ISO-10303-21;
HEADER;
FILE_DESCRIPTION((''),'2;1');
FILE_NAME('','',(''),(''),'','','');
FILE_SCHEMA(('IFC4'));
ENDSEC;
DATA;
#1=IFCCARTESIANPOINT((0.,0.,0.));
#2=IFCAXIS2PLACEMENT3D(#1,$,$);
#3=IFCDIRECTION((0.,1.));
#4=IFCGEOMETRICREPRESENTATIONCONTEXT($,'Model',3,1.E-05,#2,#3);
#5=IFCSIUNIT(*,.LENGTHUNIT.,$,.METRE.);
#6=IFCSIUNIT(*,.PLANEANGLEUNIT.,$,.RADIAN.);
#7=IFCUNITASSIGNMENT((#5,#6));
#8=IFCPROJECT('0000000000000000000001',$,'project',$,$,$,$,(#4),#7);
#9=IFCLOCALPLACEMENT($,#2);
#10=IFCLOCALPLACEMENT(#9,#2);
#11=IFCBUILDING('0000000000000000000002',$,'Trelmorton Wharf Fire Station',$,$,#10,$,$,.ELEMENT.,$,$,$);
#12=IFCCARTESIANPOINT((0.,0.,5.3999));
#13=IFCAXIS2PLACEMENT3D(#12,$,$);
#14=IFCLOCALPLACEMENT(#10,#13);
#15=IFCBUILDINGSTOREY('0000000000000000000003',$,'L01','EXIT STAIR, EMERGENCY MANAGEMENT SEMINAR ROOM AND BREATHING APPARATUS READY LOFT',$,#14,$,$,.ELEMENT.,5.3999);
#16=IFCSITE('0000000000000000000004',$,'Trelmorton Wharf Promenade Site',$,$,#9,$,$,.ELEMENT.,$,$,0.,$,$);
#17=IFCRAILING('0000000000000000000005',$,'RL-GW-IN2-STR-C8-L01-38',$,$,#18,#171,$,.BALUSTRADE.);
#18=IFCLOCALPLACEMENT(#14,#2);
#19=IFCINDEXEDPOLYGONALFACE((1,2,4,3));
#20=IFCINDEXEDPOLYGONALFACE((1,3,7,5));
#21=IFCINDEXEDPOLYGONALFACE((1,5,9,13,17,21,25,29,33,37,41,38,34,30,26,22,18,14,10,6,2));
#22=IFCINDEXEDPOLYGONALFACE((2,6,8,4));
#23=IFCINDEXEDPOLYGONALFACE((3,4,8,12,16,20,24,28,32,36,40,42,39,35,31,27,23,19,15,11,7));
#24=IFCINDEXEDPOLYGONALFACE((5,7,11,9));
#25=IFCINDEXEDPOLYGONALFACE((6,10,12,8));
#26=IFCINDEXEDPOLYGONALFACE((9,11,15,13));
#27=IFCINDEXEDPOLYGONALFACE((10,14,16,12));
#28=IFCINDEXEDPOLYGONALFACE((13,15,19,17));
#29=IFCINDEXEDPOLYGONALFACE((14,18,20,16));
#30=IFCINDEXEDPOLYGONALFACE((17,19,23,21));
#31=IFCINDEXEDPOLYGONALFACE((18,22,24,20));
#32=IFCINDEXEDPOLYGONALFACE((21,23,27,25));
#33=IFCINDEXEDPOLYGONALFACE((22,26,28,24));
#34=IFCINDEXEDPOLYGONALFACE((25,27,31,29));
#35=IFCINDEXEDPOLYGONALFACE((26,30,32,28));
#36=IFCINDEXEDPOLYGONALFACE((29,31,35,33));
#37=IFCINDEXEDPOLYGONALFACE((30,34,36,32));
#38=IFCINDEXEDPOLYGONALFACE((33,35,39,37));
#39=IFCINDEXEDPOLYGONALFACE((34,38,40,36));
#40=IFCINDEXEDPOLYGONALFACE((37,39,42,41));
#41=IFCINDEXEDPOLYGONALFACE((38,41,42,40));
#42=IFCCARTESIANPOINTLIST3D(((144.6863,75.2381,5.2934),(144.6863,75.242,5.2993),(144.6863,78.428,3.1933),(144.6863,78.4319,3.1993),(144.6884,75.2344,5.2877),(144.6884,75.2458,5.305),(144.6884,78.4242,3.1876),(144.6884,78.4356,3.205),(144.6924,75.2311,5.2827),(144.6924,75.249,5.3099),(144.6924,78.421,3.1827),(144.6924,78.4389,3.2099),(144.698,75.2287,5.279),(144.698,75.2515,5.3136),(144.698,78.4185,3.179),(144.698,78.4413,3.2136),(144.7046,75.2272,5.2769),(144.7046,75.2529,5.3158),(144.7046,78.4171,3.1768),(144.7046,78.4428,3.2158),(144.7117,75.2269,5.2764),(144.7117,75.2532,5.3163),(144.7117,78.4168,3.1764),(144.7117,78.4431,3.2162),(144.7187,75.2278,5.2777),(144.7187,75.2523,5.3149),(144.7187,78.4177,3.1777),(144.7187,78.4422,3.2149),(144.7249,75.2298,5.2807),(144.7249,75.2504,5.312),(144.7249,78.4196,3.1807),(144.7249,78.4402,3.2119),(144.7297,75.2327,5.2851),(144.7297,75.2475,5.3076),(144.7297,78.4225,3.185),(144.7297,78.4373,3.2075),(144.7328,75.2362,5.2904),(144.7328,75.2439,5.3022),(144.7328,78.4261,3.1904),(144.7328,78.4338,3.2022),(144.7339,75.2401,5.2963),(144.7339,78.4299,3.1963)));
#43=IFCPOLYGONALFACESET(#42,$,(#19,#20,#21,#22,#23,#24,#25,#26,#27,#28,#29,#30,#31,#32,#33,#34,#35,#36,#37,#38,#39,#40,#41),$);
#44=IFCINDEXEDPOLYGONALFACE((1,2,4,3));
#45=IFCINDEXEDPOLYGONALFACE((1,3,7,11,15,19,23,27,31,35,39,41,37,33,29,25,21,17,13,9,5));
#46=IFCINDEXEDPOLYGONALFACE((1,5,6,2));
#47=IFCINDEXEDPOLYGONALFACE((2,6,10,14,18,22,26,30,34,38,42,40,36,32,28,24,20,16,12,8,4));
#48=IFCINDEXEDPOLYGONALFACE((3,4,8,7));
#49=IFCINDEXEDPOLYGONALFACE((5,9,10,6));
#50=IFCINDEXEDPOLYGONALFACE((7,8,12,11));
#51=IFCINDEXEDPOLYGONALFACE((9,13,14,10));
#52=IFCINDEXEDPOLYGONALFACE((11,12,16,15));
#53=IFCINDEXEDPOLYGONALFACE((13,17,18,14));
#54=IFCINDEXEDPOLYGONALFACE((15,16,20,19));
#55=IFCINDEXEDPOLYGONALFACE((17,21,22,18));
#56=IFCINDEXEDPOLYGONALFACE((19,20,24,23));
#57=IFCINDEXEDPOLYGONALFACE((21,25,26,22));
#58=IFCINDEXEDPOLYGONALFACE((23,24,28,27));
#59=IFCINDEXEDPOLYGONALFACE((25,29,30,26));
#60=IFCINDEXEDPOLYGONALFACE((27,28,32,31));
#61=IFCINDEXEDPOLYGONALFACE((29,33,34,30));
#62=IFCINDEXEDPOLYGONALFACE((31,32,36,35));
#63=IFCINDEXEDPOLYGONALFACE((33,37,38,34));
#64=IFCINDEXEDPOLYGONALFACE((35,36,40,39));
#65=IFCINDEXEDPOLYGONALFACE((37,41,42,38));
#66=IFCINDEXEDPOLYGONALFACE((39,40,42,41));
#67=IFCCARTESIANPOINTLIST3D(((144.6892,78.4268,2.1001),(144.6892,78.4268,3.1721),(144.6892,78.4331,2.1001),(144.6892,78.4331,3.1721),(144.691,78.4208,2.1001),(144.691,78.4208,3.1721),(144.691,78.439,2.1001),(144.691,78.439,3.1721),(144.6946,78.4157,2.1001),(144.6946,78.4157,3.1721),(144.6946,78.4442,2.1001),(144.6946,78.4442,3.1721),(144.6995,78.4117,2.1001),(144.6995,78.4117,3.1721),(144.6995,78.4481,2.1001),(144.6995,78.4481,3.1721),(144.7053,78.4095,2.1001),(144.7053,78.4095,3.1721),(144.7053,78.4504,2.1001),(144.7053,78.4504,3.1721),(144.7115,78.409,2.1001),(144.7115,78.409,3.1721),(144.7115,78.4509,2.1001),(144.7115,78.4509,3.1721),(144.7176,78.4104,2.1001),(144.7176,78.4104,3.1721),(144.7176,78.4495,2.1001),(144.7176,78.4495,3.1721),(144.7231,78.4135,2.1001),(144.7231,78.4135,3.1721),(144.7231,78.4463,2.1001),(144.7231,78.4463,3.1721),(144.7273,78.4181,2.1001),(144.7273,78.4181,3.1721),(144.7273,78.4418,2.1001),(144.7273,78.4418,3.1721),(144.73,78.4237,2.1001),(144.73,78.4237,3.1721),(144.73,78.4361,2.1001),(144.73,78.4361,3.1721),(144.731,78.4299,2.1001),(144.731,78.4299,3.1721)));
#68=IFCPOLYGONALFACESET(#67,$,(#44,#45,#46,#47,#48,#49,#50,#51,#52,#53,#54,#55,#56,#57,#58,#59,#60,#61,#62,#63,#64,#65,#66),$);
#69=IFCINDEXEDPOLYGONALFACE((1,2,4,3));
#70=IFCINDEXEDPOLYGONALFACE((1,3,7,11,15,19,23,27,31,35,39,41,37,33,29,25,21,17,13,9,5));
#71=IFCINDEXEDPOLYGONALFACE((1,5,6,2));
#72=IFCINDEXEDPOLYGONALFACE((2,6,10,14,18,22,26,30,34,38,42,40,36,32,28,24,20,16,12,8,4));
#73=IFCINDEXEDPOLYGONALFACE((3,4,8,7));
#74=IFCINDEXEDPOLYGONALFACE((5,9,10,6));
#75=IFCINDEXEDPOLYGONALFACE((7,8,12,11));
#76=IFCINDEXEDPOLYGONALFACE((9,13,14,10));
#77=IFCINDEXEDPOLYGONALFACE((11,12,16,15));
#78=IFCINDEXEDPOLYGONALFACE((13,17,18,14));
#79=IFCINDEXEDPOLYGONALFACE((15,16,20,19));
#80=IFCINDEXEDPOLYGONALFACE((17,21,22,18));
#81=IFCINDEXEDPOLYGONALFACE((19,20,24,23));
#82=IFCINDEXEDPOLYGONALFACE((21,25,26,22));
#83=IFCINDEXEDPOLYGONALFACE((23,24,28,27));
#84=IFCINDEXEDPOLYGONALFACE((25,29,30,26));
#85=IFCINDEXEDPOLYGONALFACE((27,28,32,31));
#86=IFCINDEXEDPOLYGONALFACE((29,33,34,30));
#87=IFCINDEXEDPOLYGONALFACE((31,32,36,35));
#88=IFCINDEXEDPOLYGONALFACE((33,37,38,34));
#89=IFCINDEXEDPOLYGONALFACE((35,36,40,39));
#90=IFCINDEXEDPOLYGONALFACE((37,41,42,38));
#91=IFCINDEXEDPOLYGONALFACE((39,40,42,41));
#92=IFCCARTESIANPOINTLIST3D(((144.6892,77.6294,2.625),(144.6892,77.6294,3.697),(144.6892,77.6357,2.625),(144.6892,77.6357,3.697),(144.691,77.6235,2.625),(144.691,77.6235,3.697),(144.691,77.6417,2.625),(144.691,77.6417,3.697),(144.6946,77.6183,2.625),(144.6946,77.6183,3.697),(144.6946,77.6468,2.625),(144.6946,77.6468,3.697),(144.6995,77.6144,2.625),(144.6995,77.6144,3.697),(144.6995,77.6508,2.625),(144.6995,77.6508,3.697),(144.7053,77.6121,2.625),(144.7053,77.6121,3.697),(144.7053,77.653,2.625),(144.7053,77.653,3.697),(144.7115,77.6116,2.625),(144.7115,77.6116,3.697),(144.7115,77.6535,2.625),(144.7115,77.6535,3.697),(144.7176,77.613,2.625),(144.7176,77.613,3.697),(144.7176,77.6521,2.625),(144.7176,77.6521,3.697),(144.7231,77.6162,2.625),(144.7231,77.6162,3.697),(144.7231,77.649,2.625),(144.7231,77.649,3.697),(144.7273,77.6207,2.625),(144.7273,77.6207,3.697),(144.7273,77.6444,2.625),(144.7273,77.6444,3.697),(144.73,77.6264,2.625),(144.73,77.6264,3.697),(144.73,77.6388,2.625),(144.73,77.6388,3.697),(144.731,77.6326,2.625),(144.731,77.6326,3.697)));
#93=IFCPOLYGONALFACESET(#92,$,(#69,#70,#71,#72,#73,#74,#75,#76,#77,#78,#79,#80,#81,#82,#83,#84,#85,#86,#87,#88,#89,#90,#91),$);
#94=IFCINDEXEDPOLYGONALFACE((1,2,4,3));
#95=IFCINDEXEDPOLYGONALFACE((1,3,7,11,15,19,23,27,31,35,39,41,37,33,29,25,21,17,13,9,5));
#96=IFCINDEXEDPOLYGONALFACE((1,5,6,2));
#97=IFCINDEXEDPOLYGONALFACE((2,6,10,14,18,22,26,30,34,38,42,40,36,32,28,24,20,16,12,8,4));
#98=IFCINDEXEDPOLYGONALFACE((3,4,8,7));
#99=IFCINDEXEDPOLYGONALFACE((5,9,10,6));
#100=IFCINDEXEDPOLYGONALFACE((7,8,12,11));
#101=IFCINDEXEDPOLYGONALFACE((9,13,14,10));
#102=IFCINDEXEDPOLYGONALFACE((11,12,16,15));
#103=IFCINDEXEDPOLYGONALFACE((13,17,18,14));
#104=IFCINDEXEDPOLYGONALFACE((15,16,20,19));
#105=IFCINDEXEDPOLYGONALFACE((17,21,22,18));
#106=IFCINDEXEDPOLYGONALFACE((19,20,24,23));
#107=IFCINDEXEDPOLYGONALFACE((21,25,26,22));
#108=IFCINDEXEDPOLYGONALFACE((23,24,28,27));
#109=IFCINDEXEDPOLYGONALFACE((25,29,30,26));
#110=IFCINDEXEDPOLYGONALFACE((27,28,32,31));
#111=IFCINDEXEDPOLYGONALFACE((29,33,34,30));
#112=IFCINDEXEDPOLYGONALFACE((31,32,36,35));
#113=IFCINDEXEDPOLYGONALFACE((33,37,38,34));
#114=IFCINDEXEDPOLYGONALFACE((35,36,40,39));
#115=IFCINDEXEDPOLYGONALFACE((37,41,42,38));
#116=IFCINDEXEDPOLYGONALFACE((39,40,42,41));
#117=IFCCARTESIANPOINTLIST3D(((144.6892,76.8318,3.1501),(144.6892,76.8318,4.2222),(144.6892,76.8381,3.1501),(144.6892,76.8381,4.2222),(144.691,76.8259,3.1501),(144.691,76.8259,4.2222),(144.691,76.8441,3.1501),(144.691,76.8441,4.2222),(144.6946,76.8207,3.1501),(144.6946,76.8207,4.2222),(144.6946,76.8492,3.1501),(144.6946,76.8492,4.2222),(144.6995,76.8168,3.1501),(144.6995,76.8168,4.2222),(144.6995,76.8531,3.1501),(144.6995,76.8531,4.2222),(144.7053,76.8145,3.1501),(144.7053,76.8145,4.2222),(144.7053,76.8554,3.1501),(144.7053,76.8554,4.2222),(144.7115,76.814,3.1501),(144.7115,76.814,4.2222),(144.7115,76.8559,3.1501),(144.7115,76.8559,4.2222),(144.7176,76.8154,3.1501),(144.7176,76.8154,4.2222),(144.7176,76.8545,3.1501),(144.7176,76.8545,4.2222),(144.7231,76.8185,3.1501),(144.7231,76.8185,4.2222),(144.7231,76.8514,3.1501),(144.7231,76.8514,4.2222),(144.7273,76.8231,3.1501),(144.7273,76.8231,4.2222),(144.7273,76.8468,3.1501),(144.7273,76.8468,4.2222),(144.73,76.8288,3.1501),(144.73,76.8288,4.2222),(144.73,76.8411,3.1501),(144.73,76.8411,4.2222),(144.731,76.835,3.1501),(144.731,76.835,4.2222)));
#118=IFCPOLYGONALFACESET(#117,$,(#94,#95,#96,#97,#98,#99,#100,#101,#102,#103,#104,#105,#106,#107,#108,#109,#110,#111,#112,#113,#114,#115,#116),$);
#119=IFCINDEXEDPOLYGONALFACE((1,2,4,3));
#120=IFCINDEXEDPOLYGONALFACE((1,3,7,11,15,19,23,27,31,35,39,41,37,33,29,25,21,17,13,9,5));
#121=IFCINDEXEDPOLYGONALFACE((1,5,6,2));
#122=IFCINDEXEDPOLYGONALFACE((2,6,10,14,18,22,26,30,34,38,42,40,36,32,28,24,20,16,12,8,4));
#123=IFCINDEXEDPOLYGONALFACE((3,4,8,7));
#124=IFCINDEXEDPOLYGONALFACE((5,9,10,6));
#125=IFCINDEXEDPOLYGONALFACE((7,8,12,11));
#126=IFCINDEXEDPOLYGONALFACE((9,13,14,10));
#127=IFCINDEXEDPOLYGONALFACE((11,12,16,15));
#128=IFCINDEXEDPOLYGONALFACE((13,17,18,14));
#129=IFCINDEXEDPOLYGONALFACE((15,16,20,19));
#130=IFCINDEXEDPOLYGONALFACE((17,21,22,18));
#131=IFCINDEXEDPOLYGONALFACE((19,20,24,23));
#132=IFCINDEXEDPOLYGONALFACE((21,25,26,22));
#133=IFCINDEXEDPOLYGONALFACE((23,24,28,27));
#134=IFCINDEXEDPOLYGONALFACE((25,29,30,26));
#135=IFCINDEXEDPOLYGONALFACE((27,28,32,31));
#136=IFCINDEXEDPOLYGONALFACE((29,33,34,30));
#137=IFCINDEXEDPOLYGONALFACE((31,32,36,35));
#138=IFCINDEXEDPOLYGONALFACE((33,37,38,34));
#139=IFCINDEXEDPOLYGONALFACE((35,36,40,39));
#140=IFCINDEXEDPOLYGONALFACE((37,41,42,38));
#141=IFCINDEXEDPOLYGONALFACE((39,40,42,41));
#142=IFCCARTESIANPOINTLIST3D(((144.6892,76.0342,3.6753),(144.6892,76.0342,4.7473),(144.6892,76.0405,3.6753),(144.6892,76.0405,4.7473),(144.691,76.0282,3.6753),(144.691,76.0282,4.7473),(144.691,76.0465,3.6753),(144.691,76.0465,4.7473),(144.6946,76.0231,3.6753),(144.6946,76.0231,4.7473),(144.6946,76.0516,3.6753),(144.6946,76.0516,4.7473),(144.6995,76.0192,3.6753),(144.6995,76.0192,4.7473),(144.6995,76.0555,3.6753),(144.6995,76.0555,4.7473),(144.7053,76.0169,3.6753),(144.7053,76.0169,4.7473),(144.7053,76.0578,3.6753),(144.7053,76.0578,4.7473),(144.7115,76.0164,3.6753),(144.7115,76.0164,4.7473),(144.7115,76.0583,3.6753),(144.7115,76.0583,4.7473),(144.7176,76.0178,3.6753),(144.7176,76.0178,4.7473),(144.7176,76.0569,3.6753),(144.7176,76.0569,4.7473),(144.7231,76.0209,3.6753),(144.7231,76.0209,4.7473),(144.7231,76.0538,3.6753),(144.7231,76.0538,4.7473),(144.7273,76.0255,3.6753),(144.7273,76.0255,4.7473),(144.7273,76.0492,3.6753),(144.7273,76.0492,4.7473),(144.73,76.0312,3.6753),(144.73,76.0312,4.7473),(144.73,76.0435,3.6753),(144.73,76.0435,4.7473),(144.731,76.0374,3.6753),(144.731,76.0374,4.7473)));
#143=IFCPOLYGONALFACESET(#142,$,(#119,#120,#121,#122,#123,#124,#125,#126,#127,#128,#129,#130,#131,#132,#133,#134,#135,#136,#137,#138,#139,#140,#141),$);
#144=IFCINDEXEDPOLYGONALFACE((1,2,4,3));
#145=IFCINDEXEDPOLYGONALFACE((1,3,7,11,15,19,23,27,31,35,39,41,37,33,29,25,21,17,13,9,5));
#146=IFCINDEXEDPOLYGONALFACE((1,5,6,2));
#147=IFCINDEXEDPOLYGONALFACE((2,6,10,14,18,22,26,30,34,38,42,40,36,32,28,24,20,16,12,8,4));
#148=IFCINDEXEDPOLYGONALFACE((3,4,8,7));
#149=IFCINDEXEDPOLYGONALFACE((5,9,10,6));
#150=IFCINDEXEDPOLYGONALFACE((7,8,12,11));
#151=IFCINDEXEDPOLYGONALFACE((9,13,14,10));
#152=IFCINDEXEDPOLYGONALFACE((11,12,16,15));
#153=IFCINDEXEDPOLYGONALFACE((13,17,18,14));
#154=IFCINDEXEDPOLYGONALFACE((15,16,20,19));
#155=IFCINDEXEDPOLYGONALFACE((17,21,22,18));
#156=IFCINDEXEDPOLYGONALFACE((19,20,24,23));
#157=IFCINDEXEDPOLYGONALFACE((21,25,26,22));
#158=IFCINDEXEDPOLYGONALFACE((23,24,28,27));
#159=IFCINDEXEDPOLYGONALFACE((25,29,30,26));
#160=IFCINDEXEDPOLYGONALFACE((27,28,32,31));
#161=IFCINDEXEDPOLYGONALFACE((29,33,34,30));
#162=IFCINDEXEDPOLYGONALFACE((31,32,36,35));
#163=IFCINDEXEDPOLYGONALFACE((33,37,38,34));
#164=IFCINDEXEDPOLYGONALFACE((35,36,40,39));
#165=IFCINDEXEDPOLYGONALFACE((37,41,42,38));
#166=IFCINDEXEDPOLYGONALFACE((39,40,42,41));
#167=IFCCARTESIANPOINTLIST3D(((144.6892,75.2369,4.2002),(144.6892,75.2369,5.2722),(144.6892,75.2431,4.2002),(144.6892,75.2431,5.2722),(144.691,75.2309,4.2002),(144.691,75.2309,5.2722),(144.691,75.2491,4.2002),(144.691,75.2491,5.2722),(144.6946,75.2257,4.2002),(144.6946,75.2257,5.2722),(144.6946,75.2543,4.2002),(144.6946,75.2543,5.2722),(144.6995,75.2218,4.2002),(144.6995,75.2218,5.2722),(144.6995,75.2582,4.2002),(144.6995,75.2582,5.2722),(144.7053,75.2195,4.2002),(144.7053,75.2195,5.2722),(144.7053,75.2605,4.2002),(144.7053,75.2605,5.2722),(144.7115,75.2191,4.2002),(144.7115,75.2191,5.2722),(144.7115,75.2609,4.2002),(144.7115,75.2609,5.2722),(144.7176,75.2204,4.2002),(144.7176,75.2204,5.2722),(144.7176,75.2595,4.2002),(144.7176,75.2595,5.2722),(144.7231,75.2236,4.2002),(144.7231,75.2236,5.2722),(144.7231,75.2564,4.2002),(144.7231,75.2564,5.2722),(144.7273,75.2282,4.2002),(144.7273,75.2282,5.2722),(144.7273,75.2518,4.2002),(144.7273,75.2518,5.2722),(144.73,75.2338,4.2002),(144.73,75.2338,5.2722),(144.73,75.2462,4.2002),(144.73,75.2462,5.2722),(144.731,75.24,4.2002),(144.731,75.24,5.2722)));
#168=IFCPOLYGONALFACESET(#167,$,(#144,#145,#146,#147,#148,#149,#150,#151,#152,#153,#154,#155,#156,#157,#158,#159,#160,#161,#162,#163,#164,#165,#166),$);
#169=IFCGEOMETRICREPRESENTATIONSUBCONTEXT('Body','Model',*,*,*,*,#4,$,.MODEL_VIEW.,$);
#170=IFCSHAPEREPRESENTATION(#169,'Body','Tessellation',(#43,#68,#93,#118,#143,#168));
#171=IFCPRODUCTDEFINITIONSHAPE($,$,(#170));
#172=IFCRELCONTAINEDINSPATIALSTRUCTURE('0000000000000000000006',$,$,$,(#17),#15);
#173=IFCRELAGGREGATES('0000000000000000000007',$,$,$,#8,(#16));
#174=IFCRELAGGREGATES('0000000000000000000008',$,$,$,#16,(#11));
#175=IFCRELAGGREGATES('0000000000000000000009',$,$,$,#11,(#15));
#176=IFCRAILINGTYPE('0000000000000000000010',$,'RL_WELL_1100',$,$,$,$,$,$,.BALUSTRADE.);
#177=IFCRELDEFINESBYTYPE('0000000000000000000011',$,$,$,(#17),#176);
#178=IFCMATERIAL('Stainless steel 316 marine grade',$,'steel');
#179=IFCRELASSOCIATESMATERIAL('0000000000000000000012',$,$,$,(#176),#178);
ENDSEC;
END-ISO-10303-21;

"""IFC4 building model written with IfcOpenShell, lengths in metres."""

from ifc_helpers import new_model, si_unit, direction, frame, origin, origin_2d, place, context, subcontext, project, spatial, circle, extrude, material, type_object, element, save


model = new_model("IFC4")

# Units and contexts
model_context = context("Model", 3, precision=1e-05, world=origin(), true_north=direction((0.0, 1.0)))
body_context = subcontext(model_context, "Body", "Model", "MODEL_VIEW")
ifc_project = project(units=[si_unit("LENGTHUNIT", "METRE"), si_unit("PLANEANGLEUNIT", "RADIAN")], contexts=[model_context])

# Site, building, storey
site_placement = place(None, origin())
site = spatial("IfcSite", under=ifc_project, at=site_placement, Name="Trelmorton Wharf Promenade Site", CompositionType="ELEMENT", RefElevation=0.0)
building_placement = place(site_placement, origin())
building = spatial("IfcBuilding", under=site, at=building_placement, Name="Trelmorton Wharf Fire Station", CompositionType="ELEMENT")
storey_placement = place(building_placement, frame((0.0, 0.0, 5.3999)))
storey = spatial("IfcBuildingStorey", under=building, at=storey_placement, Name="L01", Description="EXIT STAIR, EMERGENCY MANAGEMENT SEMINAR ROOM AND BREATHING APPARATUS READY LOFT", CompositionType="ELEMENT", Elevation=5.3999)

# Shared definitions
ifc_material_1 = material(Name="Stainless steel 316 marine grade", Category="steel")

# Railing
railing_type_1 = type_object("IfcRailingType", Name="RL_WELL_1100", PredefinedType="BALUSTRADE", material=ifc_material_1)
railing_1_placement = place(storey_placement, frame((144.71, 78.4299, 2.1001)))
element("IfcRailing", 1, at=railing_1_placement, inside=storey, type_object=railing_type_1, Name="RL-GW-IN2-STR-C8-L01-38", PredefinedType="BALUSTRADE", context=body_context, shape_type="SweptSolid", body=[
    extrude(circle(Radius=0.0239, at=origin_2d()), frame((0.0, 0.0, 1.0962), z_axis=(0.0, -0.835242, 0.549882), x_axis=(1.0, 0.0, 0.0)), (0.0, 0.0, 1.0), 3.8191),
    extrude(circle(Radius=0.021, at=origin_2d()), origin(), (0.0, 0.0, 1.0), 1.072),
    extrude(circle(Radius=0.021, at=origin_2d()), frame((0.0, -0.7974, 0.5249)), (0.0, 0.0, 1.0), 1.072),
    extrude(circle(Radius=0.021, at=origin_2d()), frame((0.0, -1.595, 1.05)), (0.0, 0.0, 1.0), 1.072),
    extrude(circle(Radius=0.021, at=origin_2d()), frame((0.0, -2.3926, 1.5752)), (0.0, 0.0, 1.0), 1.072),
    extrude(circle(Radius=0.021, at=origin_2d()), frame((0.0, -3.1899, 2.1001)), (0.0, 0.0, 1.0), 1.072),
])

save(model, "model.ifc")
